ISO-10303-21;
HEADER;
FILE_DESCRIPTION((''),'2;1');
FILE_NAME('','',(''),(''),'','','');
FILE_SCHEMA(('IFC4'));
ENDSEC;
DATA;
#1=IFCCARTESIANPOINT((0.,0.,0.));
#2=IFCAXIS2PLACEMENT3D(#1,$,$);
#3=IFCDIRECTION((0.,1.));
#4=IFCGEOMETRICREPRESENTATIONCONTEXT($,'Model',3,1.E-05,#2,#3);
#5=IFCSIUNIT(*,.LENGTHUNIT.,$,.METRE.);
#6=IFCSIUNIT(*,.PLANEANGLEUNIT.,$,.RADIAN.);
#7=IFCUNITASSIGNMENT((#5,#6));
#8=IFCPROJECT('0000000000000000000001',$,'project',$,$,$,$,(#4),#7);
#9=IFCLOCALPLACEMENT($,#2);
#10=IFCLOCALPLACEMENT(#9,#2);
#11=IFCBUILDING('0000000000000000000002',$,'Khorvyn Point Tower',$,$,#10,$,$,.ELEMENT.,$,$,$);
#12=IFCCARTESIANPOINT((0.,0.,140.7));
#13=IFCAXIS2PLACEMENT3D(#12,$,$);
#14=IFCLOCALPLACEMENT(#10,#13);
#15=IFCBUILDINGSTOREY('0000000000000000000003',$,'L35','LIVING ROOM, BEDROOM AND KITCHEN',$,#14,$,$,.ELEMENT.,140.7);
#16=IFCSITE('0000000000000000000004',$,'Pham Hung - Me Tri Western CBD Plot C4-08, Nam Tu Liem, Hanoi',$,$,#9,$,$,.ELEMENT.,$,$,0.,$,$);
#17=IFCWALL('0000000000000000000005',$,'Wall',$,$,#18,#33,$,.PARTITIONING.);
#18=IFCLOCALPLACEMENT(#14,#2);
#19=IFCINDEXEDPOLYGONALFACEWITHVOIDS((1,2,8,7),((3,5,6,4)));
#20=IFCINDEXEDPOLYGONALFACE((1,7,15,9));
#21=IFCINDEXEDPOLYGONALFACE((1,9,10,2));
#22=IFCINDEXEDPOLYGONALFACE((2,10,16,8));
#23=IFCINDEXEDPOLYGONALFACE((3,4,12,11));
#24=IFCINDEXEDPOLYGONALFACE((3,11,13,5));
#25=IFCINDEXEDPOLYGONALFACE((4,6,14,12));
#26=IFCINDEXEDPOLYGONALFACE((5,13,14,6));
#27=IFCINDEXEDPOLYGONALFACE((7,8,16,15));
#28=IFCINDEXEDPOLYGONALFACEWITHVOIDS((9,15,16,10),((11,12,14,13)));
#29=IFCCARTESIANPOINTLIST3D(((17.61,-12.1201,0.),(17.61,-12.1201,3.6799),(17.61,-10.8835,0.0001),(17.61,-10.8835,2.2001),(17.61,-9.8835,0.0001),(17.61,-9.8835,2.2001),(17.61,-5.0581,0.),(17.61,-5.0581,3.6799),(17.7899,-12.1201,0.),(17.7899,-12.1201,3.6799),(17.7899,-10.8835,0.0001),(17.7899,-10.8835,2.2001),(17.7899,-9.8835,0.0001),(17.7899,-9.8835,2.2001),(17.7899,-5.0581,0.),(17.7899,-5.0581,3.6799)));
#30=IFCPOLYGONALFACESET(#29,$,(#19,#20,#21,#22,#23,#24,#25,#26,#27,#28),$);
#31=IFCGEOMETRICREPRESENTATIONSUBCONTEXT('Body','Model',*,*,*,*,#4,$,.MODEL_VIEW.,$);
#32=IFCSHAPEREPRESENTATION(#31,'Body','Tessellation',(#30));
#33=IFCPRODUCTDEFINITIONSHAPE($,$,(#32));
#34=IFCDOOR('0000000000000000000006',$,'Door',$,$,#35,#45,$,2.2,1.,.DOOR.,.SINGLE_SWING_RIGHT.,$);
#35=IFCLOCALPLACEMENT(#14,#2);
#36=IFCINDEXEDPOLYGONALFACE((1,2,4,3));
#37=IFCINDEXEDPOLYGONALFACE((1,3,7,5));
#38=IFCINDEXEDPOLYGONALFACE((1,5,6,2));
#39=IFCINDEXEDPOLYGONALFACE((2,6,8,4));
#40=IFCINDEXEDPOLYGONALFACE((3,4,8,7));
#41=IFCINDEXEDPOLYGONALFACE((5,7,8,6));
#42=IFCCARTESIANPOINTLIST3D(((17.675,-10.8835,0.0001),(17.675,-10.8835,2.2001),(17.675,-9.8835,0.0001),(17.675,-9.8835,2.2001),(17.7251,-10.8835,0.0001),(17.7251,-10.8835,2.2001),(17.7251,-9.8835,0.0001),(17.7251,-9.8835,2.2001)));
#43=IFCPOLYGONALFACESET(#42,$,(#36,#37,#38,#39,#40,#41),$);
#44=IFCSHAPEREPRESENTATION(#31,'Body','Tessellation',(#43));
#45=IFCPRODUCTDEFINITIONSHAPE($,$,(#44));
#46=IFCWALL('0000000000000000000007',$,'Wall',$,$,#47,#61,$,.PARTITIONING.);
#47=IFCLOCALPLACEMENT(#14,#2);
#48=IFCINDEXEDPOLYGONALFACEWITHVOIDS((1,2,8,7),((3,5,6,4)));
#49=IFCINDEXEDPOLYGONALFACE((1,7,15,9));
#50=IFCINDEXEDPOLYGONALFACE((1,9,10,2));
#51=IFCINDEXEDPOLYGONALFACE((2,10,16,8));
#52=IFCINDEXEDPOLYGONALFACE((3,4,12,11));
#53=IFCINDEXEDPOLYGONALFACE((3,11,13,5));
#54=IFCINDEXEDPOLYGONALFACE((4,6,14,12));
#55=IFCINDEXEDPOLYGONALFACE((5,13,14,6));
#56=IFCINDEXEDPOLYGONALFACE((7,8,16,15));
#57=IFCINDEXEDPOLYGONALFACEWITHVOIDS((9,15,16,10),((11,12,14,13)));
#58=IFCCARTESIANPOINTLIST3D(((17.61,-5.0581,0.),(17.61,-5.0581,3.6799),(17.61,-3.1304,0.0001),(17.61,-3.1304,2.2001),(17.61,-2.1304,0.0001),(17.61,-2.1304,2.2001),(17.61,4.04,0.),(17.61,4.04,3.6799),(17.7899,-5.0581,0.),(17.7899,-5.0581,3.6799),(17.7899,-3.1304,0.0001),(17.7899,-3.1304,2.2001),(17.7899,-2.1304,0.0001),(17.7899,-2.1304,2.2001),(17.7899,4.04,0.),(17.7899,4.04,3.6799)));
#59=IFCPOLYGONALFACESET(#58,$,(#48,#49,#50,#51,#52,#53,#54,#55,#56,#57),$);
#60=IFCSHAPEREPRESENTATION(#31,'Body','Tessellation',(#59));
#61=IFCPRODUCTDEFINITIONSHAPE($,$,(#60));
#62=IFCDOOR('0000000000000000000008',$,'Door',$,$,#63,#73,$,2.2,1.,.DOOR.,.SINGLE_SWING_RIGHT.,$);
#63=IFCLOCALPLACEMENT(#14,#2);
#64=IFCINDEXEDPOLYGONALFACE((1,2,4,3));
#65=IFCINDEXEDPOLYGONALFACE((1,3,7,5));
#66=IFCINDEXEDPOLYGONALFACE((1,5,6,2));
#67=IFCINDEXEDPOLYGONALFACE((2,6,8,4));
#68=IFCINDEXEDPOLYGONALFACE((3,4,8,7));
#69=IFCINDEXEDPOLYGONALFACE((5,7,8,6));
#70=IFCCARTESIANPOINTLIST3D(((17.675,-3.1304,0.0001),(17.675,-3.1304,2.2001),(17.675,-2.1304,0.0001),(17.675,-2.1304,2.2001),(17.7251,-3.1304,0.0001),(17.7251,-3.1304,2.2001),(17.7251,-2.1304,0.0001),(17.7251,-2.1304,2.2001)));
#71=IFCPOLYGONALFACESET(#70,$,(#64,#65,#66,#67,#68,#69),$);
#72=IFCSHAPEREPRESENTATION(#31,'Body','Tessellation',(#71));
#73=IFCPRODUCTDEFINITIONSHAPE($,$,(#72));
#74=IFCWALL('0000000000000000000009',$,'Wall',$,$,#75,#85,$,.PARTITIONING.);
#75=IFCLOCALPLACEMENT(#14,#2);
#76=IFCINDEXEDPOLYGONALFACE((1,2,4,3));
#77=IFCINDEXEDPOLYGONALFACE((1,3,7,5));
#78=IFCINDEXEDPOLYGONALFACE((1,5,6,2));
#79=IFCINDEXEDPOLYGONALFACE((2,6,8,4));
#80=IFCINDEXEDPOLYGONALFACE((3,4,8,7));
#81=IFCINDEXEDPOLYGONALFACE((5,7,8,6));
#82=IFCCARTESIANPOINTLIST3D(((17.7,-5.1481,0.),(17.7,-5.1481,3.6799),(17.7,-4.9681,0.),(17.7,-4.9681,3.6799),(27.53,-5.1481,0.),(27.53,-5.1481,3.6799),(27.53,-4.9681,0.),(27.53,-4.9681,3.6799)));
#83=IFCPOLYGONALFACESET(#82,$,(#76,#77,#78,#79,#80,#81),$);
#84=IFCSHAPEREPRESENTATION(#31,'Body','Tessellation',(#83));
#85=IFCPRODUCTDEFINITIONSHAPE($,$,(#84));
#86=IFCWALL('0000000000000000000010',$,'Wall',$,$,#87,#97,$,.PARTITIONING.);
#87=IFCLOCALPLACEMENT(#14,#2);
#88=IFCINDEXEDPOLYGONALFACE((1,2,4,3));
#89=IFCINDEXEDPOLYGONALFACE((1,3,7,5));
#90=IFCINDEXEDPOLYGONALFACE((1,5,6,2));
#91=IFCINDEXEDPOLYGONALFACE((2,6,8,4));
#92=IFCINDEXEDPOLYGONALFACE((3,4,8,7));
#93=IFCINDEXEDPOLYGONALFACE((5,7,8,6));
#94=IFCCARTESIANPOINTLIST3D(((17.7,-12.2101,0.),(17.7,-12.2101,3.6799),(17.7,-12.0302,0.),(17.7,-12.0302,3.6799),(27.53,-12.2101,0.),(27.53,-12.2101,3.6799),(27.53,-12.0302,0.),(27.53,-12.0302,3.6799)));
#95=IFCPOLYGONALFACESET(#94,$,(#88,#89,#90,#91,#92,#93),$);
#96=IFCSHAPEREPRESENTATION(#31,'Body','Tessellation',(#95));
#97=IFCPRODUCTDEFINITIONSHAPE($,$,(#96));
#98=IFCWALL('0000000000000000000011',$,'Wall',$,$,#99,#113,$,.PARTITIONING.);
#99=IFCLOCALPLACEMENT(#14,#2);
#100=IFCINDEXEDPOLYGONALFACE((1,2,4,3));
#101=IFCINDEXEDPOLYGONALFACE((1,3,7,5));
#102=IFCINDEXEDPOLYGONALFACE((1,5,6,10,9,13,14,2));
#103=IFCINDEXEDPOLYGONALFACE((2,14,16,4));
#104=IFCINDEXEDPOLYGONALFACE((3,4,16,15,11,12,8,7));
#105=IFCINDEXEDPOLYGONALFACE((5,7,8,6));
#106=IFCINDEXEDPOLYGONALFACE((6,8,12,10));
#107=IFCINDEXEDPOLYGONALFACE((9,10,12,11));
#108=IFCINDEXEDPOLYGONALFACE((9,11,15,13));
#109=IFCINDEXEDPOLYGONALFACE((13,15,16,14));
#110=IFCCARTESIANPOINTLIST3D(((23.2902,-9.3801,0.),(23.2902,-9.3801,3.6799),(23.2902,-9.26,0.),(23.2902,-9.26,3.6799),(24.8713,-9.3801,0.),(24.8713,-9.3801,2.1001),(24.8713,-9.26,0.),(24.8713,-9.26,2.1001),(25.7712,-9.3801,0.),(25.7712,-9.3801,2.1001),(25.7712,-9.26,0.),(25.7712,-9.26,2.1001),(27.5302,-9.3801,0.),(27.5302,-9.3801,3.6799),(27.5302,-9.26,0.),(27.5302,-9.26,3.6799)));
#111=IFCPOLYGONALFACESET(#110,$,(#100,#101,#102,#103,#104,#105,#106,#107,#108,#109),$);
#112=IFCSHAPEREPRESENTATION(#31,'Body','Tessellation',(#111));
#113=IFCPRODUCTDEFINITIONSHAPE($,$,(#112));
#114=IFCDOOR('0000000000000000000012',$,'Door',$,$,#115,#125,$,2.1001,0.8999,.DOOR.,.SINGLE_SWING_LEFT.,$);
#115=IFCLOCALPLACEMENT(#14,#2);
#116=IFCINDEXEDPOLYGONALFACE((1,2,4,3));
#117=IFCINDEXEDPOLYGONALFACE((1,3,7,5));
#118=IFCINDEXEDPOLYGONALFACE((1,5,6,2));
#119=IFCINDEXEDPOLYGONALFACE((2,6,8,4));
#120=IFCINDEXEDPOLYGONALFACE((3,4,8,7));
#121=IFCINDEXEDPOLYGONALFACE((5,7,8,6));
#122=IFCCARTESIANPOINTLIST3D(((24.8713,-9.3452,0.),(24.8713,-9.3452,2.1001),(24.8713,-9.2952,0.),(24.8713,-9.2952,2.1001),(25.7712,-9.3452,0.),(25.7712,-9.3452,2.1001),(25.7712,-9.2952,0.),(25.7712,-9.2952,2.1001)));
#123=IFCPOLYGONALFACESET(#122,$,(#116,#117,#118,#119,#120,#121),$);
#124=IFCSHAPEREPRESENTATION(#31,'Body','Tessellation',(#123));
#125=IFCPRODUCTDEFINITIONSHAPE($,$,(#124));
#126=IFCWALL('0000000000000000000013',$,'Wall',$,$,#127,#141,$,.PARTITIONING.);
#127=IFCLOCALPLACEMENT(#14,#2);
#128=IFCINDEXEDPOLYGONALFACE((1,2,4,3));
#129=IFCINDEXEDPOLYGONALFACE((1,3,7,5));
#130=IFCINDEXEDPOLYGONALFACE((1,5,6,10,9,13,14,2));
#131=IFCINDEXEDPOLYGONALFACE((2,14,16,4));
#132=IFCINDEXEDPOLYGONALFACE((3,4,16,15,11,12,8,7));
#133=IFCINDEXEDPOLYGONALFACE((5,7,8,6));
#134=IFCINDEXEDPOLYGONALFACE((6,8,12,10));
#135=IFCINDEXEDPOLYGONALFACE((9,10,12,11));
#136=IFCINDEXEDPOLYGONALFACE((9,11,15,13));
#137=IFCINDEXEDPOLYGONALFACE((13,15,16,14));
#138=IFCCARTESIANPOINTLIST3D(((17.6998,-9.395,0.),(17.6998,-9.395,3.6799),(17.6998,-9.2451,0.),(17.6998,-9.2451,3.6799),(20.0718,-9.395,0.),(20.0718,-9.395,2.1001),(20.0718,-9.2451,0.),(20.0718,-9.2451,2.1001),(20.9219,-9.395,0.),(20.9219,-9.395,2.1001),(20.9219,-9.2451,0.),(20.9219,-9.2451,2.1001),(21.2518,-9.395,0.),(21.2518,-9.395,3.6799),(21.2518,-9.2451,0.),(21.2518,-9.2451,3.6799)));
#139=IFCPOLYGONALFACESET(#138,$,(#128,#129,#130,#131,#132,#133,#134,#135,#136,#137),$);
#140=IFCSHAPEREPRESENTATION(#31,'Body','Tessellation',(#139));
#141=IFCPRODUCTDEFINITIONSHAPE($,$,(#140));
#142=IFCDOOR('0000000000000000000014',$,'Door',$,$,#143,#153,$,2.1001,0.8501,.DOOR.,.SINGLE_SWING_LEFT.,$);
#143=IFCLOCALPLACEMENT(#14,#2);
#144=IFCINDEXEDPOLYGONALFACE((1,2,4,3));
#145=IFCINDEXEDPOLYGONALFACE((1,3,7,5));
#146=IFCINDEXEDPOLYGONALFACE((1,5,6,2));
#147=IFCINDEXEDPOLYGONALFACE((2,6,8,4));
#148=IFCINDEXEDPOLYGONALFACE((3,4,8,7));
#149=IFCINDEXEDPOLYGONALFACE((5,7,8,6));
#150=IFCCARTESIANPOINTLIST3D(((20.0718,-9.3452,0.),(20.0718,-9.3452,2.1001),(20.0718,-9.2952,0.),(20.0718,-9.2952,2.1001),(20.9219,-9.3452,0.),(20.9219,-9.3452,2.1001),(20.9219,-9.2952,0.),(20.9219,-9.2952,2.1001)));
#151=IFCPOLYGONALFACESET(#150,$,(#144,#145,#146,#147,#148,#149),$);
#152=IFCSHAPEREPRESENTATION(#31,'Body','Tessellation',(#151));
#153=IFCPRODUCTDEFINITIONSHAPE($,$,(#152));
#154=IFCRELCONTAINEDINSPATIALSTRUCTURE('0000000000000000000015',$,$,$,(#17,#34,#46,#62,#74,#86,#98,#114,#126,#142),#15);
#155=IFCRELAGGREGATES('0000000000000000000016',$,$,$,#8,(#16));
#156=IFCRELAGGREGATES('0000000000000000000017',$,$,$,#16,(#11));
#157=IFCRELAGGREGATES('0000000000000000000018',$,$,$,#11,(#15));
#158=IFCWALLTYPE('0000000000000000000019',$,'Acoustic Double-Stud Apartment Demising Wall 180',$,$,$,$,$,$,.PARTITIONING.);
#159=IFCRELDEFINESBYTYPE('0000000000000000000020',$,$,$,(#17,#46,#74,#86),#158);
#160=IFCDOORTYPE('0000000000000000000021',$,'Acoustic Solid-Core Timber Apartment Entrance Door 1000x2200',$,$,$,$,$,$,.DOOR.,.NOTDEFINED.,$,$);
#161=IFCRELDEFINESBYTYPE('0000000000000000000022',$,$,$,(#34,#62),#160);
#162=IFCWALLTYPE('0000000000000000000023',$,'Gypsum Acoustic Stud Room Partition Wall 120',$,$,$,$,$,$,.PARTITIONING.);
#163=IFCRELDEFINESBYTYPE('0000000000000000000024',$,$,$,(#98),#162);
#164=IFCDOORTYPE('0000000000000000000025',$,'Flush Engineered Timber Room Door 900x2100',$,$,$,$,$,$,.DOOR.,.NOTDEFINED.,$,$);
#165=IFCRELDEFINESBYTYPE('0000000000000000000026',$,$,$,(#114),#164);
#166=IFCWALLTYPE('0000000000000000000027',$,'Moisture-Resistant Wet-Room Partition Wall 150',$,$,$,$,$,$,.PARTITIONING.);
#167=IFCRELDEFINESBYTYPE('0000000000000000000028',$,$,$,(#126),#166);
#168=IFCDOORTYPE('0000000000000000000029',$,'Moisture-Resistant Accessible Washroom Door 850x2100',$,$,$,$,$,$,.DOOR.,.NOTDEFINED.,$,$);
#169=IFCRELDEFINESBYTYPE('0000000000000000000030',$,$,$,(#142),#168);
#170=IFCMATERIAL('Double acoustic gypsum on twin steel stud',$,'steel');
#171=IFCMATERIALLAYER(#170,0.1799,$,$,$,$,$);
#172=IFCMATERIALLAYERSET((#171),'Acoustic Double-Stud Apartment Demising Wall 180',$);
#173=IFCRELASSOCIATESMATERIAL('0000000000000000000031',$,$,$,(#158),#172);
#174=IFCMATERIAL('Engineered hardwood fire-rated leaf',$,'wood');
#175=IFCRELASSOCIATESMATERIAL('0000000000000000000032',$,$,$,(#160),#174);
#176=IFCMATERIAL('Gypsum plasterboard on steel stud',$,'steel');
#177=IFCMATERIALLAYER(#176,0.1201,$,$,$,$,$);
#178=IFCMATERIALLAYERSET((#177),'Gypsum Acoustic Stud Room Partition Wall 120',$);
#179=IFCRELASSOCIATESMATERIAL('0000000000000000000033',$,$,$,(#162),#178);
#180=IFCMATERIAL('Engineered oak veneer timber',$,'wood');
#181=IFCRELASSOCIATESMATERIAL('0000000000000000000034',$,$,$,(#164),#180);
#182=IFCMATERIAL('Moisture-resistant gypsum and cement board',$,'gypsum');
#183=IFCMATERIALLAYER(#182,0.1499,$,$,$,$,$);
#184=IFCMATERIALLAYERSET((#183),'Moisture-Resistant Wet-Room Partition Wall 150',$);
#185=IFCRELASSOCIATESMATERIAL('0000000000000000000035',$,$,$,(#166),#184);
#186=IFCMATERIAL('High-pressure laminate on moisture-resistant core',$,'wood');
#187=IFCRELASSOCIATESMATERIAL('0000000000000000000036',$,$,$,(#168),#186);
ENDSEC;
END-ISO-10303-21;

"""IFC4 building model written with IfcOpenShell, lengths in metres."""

from ifc_helpers import new_model, si_unit, direction, frame, frame_2d, origin, place, context, subcontext, project, spatial, rectangle, extrude, material, layer, layer_set, type_object, element, fill, save


model = new_model("IFC4")

# Units and contexts
model_context = context("Model", 3, precision=1e-05, world=origin(), true_north=direction((0.0, 1.0)))
body_context = subcontext(model_context, "Body", "Model", "MODEL_VIEW")
ifc_project = project(units=[si_unit("LENGTHUNIT", "METRE"), si_unit("PLANEANGLEUNIT", "RADIAN")], contexts=[model_context])

# Site, building, storey
site_placement = place(None, origin())
site = spatial("IfcSite", under=ifc_project, at=site_placement, Name="Pham Hung - Me Tri Western CBD Plot C4-08, Nam Tu Liem, Hanoi", CompositionType="ELEMENT", RefElevation=0.0)
building_placement = place(site_placement, origin())
building = spatial("IfcBuilding", under=site, at=building_placement, Name="Khorvyn Point Tower", CompositionType="ELEMENT")
storey_placement = place(building_placement, frame((0.0, 0.0, 140.7)))
storey = spatial("IfcBuildingStorey", under=building, at=storey_placement, Name="L35", Description="LIVING ROOM, BEDROOM AND KITCHEN", CompositionType="ELEMENT", Elevation=140.7)

# Walls, openings, doors
ifc_material_1 = material(Name="Double acoustic gypsum on twin steel stud", Category="steel")
ifc_layer_1 = layer(ifc_material_1, 0.1799)
ifc_layer_set_1 = layer_set([ifc_layer_1], Name="Acoustic Double-Stud Apartment Demising Wall 180")
wall_type_1 = type_object("IfcWallType", Name="Acoustic Double-Stud Apartment Demising Wall 180", PredefinedType="PARTITIONING", material=ifc_layer_set_1)
ifc_material_2 = material(Name="Engineered hardwood fire-rated leaf", Category="wood")
door_type_1 = type_object("IfcDoorType", Name="Acoustic Solid-Core Timber Apartment Entrance Door 1000x2200", OperationType="NOTDEFINED", PredefinedType="DOOR", material=ifc_material_2)
wall_1_placement = place(storey_placement, frame((17.7, -12.1201, 0.0), z_axis=(0.0, 0.0, 1.0), x_axis=(0.0, 1.0, 0.0)))
wall_1 = element("IfcWall", 1, at=wall_1_placement, inside=storey, type_object=wall_type_1, Name="Wall", PredefinedType="PARTITIONING", context=body_context, shape_type="SweptSolid", body=[
    extrude(rectangle(XDim=7.062, YDim=0.1799, at=frame_2d((3.531, 0.0))), origin(), (0.0, 0.0, 1.0), 3.6799),
])
opening_1_placement = place(wall_1_placement, frame((1.2366, 0.0, 0.0)))
opening_1 = element("IfcOpeningElement", 2, at=opening_1_placement, cuts=wall_1, PredefinedType="OPENING", context=body_context, shape_type="SweptSolid", body=[
    extrude(rectangle(XDim=1.0, YDim=2.2, at=frame_2d((0.5, 1.1001))), frame((0.0, 0.0999, 0.0), z_axis=(0.0, -1.0, 0.0), x_axis=(1.0, 0.0, 0.0)), (0.0, 0.0, 1.0), 0.2),
])
door_1_placement = place(opening_1_placement, origin())
door_1 = element("IfcDoor", 3, at=door_1_placement, inside=storey, type_object=door_type_1, Name="Door", OperationType="SINGLE_SWING_RIGHT", OverallHeight=2.2, OverallWidth=1.0, PredefinedType="DOOR", context=body_context, shape_type="SweptSolid", body=[
    extrude(rectangle(XDim=1.0, YDim=2.2, at=frame_2d((0.5, 1.1001))), frame((0.0, 0.0249, 0.0), z_axis=(0.0, -1.0, 0.0), x_axis=(1.0, 0.0, 0.0)), (0.0, 0.0, 1.0), 0.05),
])
fill(opening_1, door_1)
wall_2_placement = place(storey_placement, frame((17.7, -5.0581, 0.0), z_axis=(0.0, 0.0, 1.0), x_axis=(0.0, 1.0, 0.0)))
wall_2 = element("IfcWall", 4, at=wall_2_placement, inside=storey, type_object=wall_type_1, Name="Wall", PredefinedType="PARTITIONING", context=body_context, shape_type="SweptSolid", body=[
    extrude(rectangle(XDim=9.0981, YDim=0.1799, at=frame_2d((4.5491, 0.0))), origin(), (0.0, 0.0, 1.0), 3.6799),
])
opening_2_placement = place(wall_2_placement, frame((1.9277, 0.0, 0.0)))
opening_2 = element("IfcOpeningElement", 5, at=opening_2_placement, cuts=wall_2, PredefinedType="OPENING", context=body_context, shape_type="SweptSolid", body=[
    extrude(rectangle(XDim=1.0, YDim=2.2, at=frame_2d((0.5, 1.1001))), frame((0.0, 0.0999, 0.0), z_axis=(0.0, -1.0, 0.0), x_axis=(1.0, 0.0, 0.0)), (0.0, 0.0, 1.0), 0.2),
])
door_2_placement = place(opening_2_placement, origin())
door_2 = element("IfcDoor", 6, at=door_2_placement, inside=storey, type_object=door_type_1, Name="Door", OperationType="SINGLE_SWING_RIGHT", OverallHeight=2.2, OverallWidth=1.0, PredefinedType="DOOR", context=body_context, shape_type="SweptSolid", body=[
    extrude(rectangle(XDim=1.0, YDim=2.2, at=frame_2d((0.5, 1.1001))), frame((0.0, 0.0249, 0.0), z_axis=(0.0, -1.0, 0.0), x_axis=(1.0, 0.0, 0.0)), (0.0, 0.0, 1.0), 0.05),
])
fill(opening_2, door_2)

# Walls
for number, where, z_axis, x_axis, name in (
    (7, (17.7, -5.0581, 0.0), (0.0, 0.0, 1.0), (1.0, 0.0, 0.0), "Wall"),
    (8, (17.7, -12.1201, 0.0), (0.0, 0.0, 1.0), (1.0, 0.0, 0.0), "Wall"),
):
    element("IfcWall", number, at=place(storey_placement, frame(where, z_axis=z_axis, x_axis=x_axis)), inside=storey, type_object=wall_type_1, Name=name, PredefinedType="PARTITIONING", context=body_context, shape_type="SweptSolid", body=[
        extrude(rectangle(XDim=9.8301, YDim=0.1799, at=frame_2d((4.915, 0.0))), origin(), (0.0, 0.0, 1.0), 3.6799),
    ])

# Walls, openings, doors
ifc_material_3 = material(Name="Gypsum plasterboard on steel stud", Category="steel")
ifc_layer_2 = layer(ifc_material_3, 0.1201)
ifc_layer_set_2 = layer_set([ifc_layer_2], Name="Gypsum Acoustic Stud Room Partition Wall 120")
wall_type_2 = type_object("IfcWallType", Name="Gypsum Acoustic Stud Room Partition Wall 120", PredefinedType="PARTITIONING", material=ifc_layer_set_2)
wall_3_placement = place(storey_placement, frame((23.29, -9.3201, 0.0), z_axis=(0.0, 0.0, 1.0), x_axis=(1.0, 0.0, 0.0)))
wall_3 = element("IfcWall", 9, at=wall_3_placement, inside=storey, type_object=wall_type_2, Name="Wall", PredefinedType="PARTITIONING", context=body_context, shape_type="SweptSolid", body=[
    extrude(rectangle(XDim=4.24, YDim=0.1201, at=frame_2d((2.1201, 0.0))), origin(), (0.0, 0.0, 1.0), 3.6799),
])
opening_3_placement = place(wall_3_placement, frame((1.5813, 0.0, 0.0)))
opening_3 = element("IfcOpeningElement", 10, at=opening_3_placement, cuts=wall_3, PredefinedType="OPENING", context=body_context, shape_type="SweptSolid", body=[
    extrude(rectangle(XDim=0.8999, YDim=2.1001, at=frame_2d((0.45, 1.05))), frame((0.0, 0.0701, 0.0), z_axis=(0.0, -1.0, 0.0), x_axis=(1.0, 0.0, 0.0)), (0.0, 0.0, 1.0), 0.1401),
])
ifc_material_4 = material(Name="Engineered oak veneer timber", Category="wood")
door_type_2 = type_object("IfcDoorType", Name="Flush Engineered Timber Room Door 900x2100", OperationType="NOTDEFINED", PredefinedType="DOOR", material=ifc_material_4)
door_3_placement = place(opening_3_placement, origin())
door_3 = element("IfcDoor", 11, at=door_3_placement, inside=storey, type_object=door_type_2, Name="Door", OperationType="SINGLE_SWING_LEFT", OverallHeight=2.1001, OverallWidth=0.8999, PredefinedType="DOOR", context=body_context, shape_type="SweptSolid", body=[
    extrude(rectangle(XDim=0.8999, YDim=2.1001, at=frame_2d((0.45, 1.05))), frame((0.0, 0.0249, 0.0), z_axis=(0.0, -1.0, 0.0), x_axis=(1.0, 0.0, 0.0)), (0.0, 0.0, 1.0), 0.05),
])
fill(opening_3, door_3)
ifc_material_5 = material(Name="Moisture-resistant gypsum and cement board", Category="gypsum")
ifc_layer_3 = layer(ifc_material_5, 0.1499)
ifc_layer_set_3 = layer_set([ifc_layer_3], Name="Moisture-Resistant Wet-Room Partition Wall 150")
wall_type_3 = type_object("IfcWallType", Name="Moisture-Resistant Wet-Room Partition Wall 150", PredefinedType="PARTITIONING", material=ifc_layer_set_3)
wall_4_placement = place(storey_placement, frame((17.7, -9.3201, 0.0), z_axis=(0.0, 0.0, 1.0), x_axis=(1.0, 0.0, 0.0)))
wall_4 = element("IfcWall", 12, at=wall_4_placement, inside=storey, type_object=wall_type_3, Name="Wall", PredefinedType="PARTITIONING", context=body_context, shape_type="SweptSolid", body=[
    extrude(rectangle(XDim=3.552, YDim=0.1499, at=frame_2d((1.7759, 0.0))), origin(), (0.0, 0.0, 1.0), 3.6799),
])
opening_4_placement = place(wall_4_placement, frame((2.3718, 0.0, 0.0)))
opening_4 = element("IfcOpeningElement", 13, at=opening_4_placement, cuts=wall_4, PredefinedType="OPENING", context=body_context, shape_type="SweptSolid", body=[
    extrude(rectangle(XDim=0.8501, YDim=2.1001, at=frame_2d((0.425, 1.05))), frame((0.0, 0.085, 0.0), z_axis=(0.0, -1.0, 0.0), x_axis=(1.0, 0.0, 0.0)), (0.0, 0.0, 1.0), 0.1699),
])
ifc_material_6 = material(Name="High-pressure laminate on moisture-resistant core", Category="wood")
door_type_3 = type_object("IfcDoorType", Name="Moisture-Resistant Accessible Washroom Door 850x2100", OperationType="NOTDEFINED", PredefinedType="DOOR", material=ifc_material_6)
door_4_placement = place(opening_4_placement, origin())
door_4 = element("IfcDoor", 14, at=door_4_placement, inside=storey, type_object=door_type_3, Name="Door", OperationType="SINGLE_SWING_LEFT", OverallHeight=2.1001, OverallWidth=0.8501, PredefinedType="DOOR", context=body_context, shape_type="SweptSolid", body=[
    extrude(rectangle(XDim=0.8501, YDim=2.1001, at=frame_2d((0.425, 1.05))), frame((0.0, 0.0249, 0.0), z_axis=(0.0, -1.0, 0.0), x_axis=(1.0, 0.0, 0.0)), (0.0, 0.0, 1.0), 0.05),
])
fill(opening_4, door_4)

save(model, "model.ifc")
